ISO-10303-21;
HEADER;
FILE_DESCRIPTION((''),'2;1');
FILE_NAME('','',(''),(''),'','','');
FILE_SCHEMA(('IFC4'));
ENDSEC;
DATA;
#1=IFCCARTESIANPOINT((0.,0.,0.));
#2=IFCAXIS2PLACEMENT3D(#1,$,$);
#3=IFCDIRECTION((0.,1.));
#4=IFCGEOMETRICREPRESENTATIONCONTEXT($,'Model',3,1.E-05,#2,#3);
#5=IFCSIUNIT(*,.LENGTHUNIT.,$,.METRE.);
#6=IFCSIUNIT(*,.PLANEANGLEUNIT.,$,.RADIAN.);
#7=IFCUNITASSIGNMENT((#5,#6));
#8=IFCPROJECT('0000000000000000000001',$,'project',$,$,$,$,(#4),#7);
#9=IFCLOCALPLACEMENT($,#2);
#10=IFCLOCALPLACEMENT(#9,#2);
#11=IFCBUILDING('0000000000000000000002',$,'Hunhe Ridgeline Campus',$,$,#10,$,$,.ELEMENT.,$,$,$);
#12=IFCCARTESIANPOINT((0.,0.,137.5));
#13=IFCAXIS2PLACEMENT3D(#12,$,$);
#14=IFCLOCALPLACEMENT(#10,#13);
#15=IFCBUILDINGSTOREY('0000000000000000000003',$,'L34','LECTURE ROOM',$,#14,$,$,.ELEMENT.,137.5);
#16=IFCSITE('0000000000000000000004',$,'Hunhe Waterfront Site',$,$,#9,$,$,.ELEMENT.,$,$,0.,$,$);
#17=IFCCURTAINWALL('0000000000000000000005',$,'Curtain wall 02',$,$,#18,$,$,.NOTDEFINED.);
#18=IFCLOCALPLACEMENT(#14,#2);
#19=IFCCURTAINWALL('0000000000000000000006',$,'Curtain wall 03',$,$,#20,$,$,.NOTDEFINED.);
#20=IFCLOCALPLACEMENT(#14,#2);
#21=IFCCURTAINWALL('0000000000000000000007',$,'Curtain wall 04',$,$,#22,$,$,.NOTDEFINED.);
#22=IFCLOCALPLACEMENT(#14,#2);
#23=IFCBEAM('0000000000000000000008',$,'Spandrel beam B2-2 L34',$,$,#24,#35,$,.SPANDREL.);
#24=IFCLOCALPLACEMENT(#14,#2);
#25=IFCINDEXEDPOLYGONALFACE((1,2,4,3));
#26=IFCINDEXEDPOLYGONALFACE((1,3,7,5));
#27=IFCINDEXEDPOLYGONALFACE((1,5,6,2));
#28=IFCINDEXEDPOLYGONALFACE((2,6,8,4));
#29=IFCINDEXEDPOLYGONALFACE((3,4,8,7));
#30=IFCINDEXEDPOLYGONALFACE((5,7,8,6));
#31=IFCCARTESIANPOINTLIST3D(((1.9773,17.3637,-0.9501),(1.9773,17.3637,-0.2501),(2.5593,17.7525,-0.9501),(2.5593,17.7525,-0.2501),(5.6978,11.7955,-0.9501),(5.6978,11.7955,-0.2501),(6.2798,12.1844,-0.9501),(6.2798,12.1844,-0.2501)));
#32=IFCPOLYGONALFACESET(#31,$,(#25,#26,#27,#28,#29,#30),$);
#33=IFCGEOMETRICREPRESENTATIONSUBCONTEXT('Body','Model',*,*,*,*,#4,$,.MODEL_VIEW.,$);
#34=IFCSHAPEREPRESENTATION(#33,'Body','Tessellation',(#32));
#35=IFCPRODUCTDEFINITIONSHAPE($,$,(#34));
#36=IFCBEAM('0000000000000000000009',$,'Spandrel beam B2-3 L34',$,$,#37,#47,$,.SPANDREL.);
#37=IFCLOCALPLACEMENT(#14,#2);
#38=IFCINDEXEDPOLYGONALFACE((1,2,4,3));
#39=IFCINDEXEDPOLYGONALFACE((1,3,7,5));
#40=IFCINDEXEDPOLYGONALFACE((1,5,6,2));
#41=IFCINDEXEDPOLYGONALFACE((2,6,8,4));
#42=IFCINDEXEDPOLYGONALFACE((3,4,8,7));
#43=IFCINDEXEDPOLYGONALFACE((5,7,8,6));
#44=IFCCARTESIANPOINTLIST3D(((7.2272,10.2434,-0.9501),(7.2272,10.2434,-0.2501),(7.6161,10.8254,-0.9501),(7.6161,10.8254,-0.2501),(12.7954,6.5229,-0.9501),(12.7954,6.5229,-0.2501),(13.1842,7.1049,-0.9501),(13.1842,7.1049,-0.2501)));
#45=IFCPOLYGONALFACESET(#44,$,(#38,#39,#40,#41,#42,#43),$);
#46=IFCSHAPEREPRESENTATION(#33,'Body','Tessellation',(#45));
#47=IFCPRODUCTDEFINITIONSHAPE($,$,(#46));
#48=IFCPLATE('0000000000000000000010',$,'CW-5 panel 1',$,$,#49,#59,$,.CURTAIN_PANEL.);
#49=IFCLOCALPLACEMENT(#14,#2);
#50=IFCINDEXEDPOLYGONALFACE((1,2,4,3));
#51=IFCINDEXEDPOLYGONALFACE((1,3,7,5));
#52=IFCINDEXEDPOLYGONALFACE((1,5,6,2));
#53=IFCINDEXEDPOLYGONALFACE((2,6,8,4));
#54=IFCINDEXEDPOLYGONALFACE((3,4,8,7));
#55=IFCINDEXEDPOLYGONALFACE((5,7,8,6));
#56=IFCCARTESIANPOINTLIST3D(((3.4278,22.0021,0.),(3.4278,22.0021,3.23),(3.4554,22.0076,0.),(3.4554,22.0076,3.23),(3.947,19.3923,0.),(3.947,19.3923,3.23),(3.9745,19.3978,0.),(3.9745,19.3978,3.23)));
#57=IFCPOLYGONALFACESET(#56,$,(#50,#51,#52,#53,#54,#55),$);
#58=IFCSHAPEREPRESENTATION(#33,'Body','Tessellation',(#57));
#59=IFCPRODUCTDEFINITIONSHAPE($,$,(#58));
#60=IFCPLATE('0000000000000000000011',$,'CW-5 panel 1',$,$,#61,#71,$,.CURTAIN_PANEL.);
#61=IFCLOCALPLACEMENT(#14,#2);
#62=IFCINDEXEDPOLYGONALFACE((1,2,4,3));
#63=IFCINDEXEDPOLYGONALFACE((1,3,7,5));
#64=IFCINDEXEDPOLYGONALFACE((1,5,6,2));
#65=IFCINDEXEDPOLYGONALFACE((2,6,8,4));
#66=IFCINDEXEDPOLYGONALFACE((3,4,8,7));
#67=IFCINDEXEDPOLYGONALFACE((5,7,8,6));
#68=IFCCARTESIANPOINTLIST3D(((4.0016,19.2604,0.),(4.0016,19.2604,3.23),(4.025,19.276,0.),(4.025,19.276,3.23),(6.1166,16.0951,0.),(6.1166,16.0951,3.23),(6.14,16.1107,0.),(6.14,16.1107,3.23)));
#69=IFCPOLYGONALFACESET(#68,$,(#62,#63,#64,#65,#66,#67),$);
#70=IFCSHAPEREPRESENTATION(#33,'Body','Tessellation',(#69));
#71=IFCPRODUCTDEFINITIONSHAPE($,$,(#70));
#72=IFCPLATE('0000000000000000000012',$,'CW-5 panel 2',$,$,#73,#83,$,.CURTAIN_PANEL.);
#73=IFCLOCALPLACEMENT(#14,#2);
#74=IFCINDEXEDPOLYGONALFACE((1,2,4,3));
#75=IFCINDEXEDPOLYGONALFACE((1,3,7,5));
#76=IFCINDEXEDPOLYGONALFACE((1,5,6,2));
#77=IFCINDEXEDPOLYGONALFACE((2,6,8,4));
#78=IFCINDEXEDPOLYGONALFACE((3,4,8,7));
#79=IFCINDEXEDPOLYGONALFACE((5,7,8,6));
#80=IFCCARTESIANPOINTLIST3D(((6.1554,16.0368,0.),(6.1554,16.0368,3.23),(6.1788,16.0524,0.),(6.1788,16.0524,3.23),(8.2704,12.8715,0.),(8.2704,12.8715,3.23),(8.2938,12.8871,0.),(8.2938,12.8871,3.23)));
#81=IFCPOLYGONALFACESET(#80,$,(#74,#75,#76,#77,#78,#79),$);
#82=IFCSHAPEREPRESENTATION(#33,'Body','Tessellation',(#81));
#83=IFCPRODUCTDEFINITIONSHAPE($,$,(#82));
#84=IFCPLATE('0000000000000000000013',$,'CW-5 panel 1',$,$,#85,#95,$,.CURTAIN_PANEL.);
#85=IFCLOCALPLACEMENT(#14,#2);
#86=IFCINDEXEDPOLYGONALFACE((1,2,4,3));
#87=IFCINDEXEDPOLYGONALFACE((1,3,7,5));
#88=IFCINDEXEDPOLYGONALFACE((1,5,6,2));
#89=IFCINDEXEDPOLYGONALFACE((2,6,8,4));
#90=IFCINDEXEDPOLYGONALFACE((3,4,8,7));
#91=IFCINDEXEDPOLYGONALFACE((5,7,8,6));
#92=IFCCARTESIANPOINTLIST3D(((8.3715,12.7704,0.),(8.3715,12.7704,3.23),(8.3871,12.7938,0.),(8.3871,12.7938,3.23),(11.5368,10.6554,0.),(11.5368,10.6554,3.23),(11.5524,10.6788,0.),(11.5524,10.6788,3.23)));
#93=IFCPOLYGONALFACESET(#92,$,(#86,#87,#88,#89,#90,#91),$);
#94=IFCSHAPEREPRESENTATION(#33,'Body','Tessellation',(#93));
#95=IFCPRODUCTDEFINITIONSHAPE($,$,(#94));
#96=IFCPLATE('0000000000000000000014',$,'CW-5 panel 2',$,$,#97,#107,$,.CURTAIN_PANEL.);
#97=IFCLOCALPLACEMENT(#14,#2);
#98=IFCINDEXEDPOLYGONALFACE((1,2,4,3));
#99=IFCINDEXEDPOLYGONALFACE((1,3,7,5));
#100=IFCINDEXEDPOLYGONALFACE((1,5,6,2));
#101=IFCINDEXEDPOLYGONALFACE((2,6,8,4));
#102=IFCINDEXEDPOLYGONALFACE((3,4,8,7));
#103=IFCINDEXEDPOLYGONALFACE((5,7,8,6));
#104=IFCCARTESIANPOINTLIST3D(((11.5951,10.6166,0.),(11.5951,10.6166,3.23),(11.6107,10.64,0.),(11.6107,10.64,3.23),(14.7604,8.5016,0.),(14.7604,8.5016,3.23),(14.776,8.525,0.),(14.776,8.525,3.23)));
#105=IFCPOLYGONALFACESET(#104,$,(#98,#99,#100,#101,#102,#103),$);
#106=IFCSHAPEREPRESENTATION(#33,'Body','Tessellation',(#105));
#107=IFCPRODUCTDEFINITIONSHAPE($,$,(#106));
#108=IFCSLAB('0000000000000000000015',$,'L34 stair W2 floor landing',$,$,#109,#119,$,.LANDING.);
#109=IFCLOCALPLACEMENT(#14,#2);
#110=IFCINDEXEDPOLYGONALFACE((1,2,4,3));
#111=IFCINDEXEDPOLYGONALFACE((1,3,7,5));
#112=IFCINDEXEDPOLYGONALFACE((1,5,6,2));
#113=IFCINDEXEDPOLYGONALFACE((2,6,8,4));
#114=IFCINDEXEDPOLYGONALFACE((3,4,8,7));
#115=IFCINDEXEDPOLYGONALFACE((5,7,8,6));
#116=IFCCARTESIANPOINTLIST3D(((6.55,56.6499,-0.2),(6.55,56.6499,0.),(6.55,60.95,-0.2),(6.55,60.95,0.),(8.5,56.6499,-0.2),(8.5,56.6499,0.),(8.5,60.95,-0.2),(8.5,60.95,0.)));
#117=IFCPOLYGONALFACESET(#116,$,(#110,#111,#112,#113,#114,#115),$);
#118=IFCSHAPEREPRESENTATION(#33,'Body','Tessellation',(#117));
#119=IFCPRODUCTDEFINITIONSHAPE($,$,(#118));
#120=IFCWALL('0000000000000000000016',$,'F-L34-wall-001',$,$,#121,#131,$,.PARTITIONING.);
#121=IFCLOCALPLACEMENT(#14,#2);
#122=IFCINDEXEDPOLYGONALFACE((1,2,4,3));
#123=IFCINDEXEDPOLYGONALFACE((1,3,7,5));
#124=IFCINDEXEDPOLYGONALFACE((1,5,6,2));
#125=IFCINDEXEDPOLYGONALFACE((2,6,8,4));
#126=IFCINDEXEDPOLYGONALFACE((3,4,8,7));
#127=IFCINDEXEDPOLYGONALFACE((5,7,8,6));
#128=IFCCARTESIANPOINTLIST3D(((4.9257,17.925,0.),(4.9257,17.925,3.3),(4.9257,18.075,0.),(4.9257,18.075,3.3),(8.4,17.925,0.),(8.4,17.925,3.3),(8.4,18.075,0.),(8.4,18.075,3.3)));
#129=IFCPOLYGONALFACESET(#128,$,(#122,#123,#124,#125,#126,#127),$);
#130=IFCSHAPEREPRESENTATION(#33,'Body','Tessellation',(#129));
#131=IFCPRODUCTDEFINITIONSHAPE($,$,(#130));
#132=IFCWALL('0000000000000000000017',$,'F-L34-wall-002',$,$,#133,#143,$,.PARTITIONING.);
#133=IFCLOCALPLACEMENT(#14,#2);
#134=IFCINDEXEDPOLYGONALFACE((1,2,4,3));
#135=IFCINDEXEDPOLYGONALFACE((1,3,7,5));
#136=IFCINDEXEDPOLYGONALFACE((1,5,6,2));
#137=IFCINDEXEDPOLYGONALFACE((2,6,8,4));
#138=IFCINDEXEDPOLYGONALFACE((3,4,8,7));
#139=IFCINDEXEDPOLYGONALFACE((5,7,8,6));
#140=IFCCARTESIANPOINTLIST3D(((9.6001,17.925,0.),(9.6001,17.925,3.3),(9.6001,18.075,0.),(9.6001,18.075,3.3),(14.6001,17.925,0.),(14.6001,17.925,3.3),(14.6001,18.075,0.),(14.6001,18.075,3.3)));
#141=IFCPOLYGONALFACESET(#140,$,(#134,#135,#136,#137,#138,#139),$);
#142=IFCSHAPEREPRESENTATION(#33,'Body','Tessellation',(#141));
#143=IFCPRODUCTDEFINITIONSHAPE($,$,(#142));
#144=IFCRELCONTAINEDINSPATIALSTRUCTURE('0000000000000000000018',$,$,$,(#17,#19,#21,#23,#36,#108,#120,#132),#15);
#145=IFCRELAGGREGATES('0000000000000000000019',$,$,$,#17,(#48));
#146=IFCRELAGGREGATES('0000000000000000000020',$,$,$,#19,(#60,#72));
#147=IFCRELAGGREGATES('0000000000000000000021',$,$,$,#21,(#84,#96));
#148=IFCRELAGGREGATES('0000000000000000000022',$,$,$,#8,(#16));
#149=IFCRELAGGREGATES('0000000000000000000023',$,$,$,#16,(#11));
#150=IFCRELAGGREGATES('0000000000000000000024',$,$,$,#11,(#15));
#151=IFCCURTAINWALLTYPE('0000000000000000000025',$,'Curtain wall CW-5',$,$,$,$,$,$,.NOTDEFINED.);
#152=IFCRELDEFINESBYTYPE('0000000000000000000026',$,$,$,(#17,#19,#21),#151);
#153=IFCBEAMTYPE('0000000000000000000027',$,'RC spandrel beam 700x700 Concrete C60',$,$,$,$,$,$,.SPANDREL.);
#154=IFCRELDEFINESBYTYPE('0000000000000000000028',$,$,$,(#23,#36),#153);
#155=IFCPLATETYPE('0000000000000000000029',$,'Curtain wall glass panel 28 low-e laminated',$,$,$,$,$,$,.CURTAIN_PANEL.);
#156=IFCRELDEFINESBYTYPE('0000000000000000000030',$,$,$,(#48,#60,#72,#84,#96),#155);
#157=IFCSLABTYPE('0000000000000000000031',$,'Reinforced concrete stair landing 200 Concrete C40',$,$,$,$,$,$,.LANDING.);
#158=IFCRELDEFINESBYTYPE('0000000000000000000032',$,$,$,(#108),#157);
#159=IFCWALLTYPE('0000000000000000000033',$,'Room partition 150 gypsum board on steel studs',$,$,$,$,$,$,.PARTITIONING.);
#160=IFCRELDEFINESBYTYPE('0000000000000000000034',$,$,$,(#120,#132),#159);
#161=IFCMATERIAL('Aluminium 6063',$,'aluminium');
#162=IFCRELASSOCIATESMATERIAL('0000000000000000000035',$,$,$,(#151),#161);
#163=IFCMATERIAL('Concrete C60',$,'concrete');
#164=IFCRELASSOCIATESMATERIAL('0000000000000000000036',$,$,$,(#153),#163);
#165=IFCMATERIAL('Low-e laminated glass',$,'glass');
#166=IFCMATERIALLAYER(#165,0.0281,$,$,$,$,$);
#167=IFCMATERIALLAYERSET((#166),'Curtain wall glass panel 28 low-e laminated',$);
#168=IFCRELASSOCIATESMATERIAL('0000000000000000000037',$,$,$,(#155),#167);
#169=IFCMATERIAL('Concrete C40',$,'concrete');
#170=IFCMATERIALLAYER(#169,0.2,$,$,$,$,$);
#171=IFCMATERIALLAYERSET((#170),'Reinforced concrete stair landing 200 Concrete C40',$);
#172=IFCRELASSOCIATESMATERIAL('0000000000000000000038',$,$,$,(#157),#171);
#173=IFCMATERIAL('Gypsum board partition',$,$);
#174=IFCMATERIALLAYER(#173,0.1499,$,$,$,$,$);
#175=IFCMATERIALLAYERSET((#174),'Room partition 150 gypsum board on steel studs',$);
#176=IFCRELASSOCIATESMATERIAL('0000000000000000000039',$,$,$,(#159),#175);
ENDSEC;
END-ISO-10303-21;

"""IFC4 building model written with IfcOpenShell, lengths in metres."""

from ifc_helpers import new_model, si_unit, direction, frame, frame_2d, origin, origin_2d, place, context, subcontext, project, spatial, polyline, rectangle, outline, extrude, material, layer, layer_set, material_profile, profile_set, type_object, element, aggregate, save


model = new_model("IFC4")

# Units and contexts
model_context = context("Model", 3, precision=1e-05, world=origin(), true_north=direction((0.0, 1.0)))
body_context = subcontext(model_context, "Body", "Model", "MODEL_VIEW")
ifc_project = project(units=[si_unit("LENGTHUNIT", "METRE"), si_unit("PLANEANGLEUNIT", "RADIAN")], contexts=[model_context])

# Site, building, storey
site_placement = place(None, origin())
site = spatial("IfcSite", under=ifc_project, at=site_placement, Name="Hunhe Waterfront Site", CompositionType="ELEMENT", RefElevation=0.0)
building_placement = place(site_placement, origin())
building = spatial("IfcBuilding", under=site, at=building_placement, Name="Hunhe Ridgeline Campus", CompositionType="ELEMENT")
storey_placement = place(building_placement, frame((0.0, 0.0, 137.5)))
storey = spatial("IfcBuildingStorey", under=building, at=storey_placement, Name="L34", Description="LECTURE ROOM", CompositionType="ELEMENT", Elevation=137.5)

# Curtain walls
ifc_material_1 = material(Name="Aluminium 6063", Category="aluminium")
curtain_wall_type = type_object("IfcCurtainWallType", Name="Curtain wall CW-5", PredefinedType="NOTDEFINED", material=ifc_material_1)
curtain_wall_1_placement = place(storey_placement, origin())
curtain_wall_1 = element("IfcCurtainWall", 1, at=curtain_wall_1_placement, inside=storey, type_object=curtain_wall_type, Name="Curtain wall 02", PredefinedType="NOTDEFINED")
curtain_wall_2_placement = place(storey_placement, origin())
curtain_wall_2 = element("IfcCurtainWall", 2, at=curtain_wall_2_placement, inside=storey, type_object=curtain_wall_type, Name="Curtain wall 03", PredefinedType="NOTDEFINED")
curtain_wall_3_placement = place(storey_placement, origin())
curtain_wall_3 = element("IfcCurtainWall", 3, at=curtain_wall_3_placement, inside=storey, type_object=curtain_wall_type, Name="Curtain wall 04", PredefinedType="NOTDEFINED")

# Beams
ifc_material_2 = material(Name="Concrete C60", Category="concrete")
ifc_material_profile_1 = material_profile(ifc_material_2, rectangle(XDim=0.7, YDim=0.7, at=origin_2d()))
ifc_profile_set_1 = profile_set([ifc_material_profile_1], Name="Concrete C60")
beam_type = type_object("IfcBeamType", Name="RC spandrel beam 700x700 Concrete C60", PredefinedType="SPANDREL", material=ifc_profile_set_1)
for number, where, z_axis, x_axis, name in (
    (4, (2.2683, 17.5581, -0.6001), (0.555566, -0.831472, 0.0), (0.831472, 0.555566, 0.0), "Spandrel beam B2-2 L34"),
    (5, (7.4216, 10.5344, -0.6001), (0.831472, -0.555566, 0.0), (0.555566, 0.831472, 0.0), "Spandrel beam B2-3 L34"),
):
    element("IfcBeam", number, at=place(storey_placement, frame(where, z_axis=z_axis, x_axis=x_axis)), inside=storey, type_object=beam_type, Name=name, PredefinedType="SPANDREL", context=body_context, shape_type="SweptSolid", body=[
        extrude(rectangle(XDim=0.7, YDim=0.7, at=origin_2d()), origin(), (0.0, 0.0, 1.0), 6.6968),
    ])

# Plates
ifc_material_3 = material(Name="Low-e laminated glass", Category="glass")
ifc_layer_1 = layer(ifc_material_3, 0.0281)
ifc_layer_set_1 = layer_set([ifc_layer_1], Name="Curtain wall glass panel 28 low-e laminated")
plate_type = type_object("IfcPlateType", Name="Curtain wall glass panel 28 low-e laminated", PredefinedType="CURTAIN_PANEL", material=ifc_layer_set_1)
plate_1_placement = place(storey_placement, frame((3.7012, 20.7, 0.0), z_axis=(0.0, 0.0, 1.0), x_axis=(0.195095, -0.980784, 0.0)))
plate_1 = element("IfcPlate", 6, at=plate_1_placement, type_object=plate_type, Name="CW-5 panel 1", PredefinedType="CURTAIN_PANEL", context=body_context, shape_type="SweptSolid", body=[
    extrude(rectangle(XDim=2.6609, YDim=0.0281, at=origin_2d()), origin(), (0.0, 0.0, 1.0), 3.23),
])
aggregate(curtain_wall_1, [plate_1])
plate_2_placement = place(storey_placement, frame((5.0708, 17.6855, 0.0), z_axis=(0.0, 0.0, 1.0), x_axis=(0.55557, -0.83147, 0.0)))
plate_2 = element("IfcPlate", 7, at=plate_2_placement, type_object=plate_type, Name="CW-5 panel 1", PredefinedType="CURTAIN_PANEL", context=body_context, shape_type="SweptSolid", body=[
    extrude(rectangle(XDim=3.8069, YDim=0.0281, at=origin_2d()), origin(), (0.0, 0.0, 1.0), 3.23),
])
plate_3_placement = place(storey_placement, frame((7.2246, 14.4619, 0.0), z_axis=(0.0, 0.0, 1.0), x_axis=(0.55557, -0.83147, 0.0)))
plate_3 = element("IfcPlate", 8, at=plate_3_placement, type_object=plate_type, Name="CW-5 panel 2", PredefinedType="CURTAIN_PANEL", context=body_context, shape_type="SweptSolid", body=[
    extrude(rectangle(XDim=3.8069, YDim=0.0281, at=origin_2d()), origin(), (0.0, 0.0, 1.0), 3.23),
])
aggregate(curtain_wall_2, [plate_2, plate_3])
plate_4_placement = place(storey_placement, frame((9.9619, 11.7246, 0.0), z_axis=(0.0, 0.0, 1.0), x_axis=(0.83147, -0.55557, 0.0)))
plate_4 = element("IfcPlate", 9, at=plate_4_placement, type_object=plate_type, Name="CW-5 panel 1", PredefinedType="CURTAIN_PANEL", context=body_context, shape_type="SweptSolid", body=[
    extrude(rectangle(XDim=3.8069, YDim=0.0281, at=origin_2d()), origin(), (0.0, 0.0, 1.0), 3.23),
])
plate_5_placement = place(storey_placement, frame((13.1855, 9.5708, 0.0), z_axis=(0.0, 0.0, 1.0), x_axis=(0.83147, -0.55557, 0.0)))
plate_5 = element("IfcPlate", 10, at=plate_5_placement, type_object=plate_type, Name="CW-5 panel 2", PredefinedType="CURTAIN_PANEL", context=body_context, shape_type="SweptSolid", body=[
    extrude(rectangle(XDim=3.8069, YDim=0.0281, at=origin_2d()), origin(), (0.0, 0.0, 1.0), 3.23),
])
aggregate(curtain_wall_3, [plate_4, plate_5])

# Slab
ifc_material_4 = material(Name="Concrete C40", Category="concrete")
ifc_layer_2 = layer(ifc_material_4, 0.2)
ifc_layer_set_2 = layer_set([ifc_layer_2], Name="Reinforced concrete stair landing 200 Concrete C40")
slab_type = type_object("IfcSlabType", Name="Reinforced concrete stair landing 200 Concrete C40", PredefinedType="LANDING", material=ifc_layer_set_2)
slab_placement = place(storey_placement, frame((0.0, 0.0, -0.2)))
element("IfcSlab", 11, at=slab_placement, inside=storey, type_object=slab_type, Name="L34 stair W2 floor landing", PredefinedType="LANDING", context=body_context, shape_type="SweptSolid", body=[
    extrude(outline(polyline([(8.5, 60.95), (6.55, 60.95), (6.55, 56.6499), (8.5, 56.6499), (8.5, 60.95)])), origin(), (0.0, 0.0, 1.0), 0.2),
])

# Shared definitions
ifc_material_5 = material(Name="Gypsum board partition")

# Walls
ifc_layer_3 = layer(ifc_material_5, 0.1499)
ifc_layer_set_3 = layer_set([ifc_layer_3], Name="Room partition 150 gypsum board on steel studs")
wall_type_1 = type_object("IfcWallType", Name="Room partition 150 gypsum board on steel studs", PredefinedType="PARTITIONING", material=ifc_layer_set_3)
wall_1_placement = place(storey_placement, frame((4.9255, 18.0, 0.0), z_axis=(0.0, 0.0, 1.0), x_axis=(1.0, 0.0, 0.0)))
element("IfcWall", 12, at=wall_1_placement, inside=storey, type_object=wall_type_1, Name="F-L34-wall-001", PredefinedType="PARTITIONING", context=body_context, shape_type="SweptSolid", body=[
    extrude(rectangle(XDim=3.4744, YDim=0.1499, at=frame_2d((1.7373, 0.0))), origin(), (0.0, 0.0, 1.0), 3.3),
])
wall_2_placement = place(storey_placement, frame((9.6001, 18.0, 0.0), z_axis=(0.0, 0.0, 1.0), x_axis=(1.0, 0.0, 0.0)))
element("IfcWall", 13, at=wall_2_placement, inside=storey, type_object=wall_type_1, Name="F-L34-wall-002", PredefinedType="PARTITIONING", context=body_context, shape_type="SweptSolid", body=[
    extrude(rectangle(XDim=5.0, YDim=0.1499, at=frame_2d((2.5, 0.0))), origin(), (0.0, 0.0, 1.0), 3.3),
])

save(model, "model.ifc")
